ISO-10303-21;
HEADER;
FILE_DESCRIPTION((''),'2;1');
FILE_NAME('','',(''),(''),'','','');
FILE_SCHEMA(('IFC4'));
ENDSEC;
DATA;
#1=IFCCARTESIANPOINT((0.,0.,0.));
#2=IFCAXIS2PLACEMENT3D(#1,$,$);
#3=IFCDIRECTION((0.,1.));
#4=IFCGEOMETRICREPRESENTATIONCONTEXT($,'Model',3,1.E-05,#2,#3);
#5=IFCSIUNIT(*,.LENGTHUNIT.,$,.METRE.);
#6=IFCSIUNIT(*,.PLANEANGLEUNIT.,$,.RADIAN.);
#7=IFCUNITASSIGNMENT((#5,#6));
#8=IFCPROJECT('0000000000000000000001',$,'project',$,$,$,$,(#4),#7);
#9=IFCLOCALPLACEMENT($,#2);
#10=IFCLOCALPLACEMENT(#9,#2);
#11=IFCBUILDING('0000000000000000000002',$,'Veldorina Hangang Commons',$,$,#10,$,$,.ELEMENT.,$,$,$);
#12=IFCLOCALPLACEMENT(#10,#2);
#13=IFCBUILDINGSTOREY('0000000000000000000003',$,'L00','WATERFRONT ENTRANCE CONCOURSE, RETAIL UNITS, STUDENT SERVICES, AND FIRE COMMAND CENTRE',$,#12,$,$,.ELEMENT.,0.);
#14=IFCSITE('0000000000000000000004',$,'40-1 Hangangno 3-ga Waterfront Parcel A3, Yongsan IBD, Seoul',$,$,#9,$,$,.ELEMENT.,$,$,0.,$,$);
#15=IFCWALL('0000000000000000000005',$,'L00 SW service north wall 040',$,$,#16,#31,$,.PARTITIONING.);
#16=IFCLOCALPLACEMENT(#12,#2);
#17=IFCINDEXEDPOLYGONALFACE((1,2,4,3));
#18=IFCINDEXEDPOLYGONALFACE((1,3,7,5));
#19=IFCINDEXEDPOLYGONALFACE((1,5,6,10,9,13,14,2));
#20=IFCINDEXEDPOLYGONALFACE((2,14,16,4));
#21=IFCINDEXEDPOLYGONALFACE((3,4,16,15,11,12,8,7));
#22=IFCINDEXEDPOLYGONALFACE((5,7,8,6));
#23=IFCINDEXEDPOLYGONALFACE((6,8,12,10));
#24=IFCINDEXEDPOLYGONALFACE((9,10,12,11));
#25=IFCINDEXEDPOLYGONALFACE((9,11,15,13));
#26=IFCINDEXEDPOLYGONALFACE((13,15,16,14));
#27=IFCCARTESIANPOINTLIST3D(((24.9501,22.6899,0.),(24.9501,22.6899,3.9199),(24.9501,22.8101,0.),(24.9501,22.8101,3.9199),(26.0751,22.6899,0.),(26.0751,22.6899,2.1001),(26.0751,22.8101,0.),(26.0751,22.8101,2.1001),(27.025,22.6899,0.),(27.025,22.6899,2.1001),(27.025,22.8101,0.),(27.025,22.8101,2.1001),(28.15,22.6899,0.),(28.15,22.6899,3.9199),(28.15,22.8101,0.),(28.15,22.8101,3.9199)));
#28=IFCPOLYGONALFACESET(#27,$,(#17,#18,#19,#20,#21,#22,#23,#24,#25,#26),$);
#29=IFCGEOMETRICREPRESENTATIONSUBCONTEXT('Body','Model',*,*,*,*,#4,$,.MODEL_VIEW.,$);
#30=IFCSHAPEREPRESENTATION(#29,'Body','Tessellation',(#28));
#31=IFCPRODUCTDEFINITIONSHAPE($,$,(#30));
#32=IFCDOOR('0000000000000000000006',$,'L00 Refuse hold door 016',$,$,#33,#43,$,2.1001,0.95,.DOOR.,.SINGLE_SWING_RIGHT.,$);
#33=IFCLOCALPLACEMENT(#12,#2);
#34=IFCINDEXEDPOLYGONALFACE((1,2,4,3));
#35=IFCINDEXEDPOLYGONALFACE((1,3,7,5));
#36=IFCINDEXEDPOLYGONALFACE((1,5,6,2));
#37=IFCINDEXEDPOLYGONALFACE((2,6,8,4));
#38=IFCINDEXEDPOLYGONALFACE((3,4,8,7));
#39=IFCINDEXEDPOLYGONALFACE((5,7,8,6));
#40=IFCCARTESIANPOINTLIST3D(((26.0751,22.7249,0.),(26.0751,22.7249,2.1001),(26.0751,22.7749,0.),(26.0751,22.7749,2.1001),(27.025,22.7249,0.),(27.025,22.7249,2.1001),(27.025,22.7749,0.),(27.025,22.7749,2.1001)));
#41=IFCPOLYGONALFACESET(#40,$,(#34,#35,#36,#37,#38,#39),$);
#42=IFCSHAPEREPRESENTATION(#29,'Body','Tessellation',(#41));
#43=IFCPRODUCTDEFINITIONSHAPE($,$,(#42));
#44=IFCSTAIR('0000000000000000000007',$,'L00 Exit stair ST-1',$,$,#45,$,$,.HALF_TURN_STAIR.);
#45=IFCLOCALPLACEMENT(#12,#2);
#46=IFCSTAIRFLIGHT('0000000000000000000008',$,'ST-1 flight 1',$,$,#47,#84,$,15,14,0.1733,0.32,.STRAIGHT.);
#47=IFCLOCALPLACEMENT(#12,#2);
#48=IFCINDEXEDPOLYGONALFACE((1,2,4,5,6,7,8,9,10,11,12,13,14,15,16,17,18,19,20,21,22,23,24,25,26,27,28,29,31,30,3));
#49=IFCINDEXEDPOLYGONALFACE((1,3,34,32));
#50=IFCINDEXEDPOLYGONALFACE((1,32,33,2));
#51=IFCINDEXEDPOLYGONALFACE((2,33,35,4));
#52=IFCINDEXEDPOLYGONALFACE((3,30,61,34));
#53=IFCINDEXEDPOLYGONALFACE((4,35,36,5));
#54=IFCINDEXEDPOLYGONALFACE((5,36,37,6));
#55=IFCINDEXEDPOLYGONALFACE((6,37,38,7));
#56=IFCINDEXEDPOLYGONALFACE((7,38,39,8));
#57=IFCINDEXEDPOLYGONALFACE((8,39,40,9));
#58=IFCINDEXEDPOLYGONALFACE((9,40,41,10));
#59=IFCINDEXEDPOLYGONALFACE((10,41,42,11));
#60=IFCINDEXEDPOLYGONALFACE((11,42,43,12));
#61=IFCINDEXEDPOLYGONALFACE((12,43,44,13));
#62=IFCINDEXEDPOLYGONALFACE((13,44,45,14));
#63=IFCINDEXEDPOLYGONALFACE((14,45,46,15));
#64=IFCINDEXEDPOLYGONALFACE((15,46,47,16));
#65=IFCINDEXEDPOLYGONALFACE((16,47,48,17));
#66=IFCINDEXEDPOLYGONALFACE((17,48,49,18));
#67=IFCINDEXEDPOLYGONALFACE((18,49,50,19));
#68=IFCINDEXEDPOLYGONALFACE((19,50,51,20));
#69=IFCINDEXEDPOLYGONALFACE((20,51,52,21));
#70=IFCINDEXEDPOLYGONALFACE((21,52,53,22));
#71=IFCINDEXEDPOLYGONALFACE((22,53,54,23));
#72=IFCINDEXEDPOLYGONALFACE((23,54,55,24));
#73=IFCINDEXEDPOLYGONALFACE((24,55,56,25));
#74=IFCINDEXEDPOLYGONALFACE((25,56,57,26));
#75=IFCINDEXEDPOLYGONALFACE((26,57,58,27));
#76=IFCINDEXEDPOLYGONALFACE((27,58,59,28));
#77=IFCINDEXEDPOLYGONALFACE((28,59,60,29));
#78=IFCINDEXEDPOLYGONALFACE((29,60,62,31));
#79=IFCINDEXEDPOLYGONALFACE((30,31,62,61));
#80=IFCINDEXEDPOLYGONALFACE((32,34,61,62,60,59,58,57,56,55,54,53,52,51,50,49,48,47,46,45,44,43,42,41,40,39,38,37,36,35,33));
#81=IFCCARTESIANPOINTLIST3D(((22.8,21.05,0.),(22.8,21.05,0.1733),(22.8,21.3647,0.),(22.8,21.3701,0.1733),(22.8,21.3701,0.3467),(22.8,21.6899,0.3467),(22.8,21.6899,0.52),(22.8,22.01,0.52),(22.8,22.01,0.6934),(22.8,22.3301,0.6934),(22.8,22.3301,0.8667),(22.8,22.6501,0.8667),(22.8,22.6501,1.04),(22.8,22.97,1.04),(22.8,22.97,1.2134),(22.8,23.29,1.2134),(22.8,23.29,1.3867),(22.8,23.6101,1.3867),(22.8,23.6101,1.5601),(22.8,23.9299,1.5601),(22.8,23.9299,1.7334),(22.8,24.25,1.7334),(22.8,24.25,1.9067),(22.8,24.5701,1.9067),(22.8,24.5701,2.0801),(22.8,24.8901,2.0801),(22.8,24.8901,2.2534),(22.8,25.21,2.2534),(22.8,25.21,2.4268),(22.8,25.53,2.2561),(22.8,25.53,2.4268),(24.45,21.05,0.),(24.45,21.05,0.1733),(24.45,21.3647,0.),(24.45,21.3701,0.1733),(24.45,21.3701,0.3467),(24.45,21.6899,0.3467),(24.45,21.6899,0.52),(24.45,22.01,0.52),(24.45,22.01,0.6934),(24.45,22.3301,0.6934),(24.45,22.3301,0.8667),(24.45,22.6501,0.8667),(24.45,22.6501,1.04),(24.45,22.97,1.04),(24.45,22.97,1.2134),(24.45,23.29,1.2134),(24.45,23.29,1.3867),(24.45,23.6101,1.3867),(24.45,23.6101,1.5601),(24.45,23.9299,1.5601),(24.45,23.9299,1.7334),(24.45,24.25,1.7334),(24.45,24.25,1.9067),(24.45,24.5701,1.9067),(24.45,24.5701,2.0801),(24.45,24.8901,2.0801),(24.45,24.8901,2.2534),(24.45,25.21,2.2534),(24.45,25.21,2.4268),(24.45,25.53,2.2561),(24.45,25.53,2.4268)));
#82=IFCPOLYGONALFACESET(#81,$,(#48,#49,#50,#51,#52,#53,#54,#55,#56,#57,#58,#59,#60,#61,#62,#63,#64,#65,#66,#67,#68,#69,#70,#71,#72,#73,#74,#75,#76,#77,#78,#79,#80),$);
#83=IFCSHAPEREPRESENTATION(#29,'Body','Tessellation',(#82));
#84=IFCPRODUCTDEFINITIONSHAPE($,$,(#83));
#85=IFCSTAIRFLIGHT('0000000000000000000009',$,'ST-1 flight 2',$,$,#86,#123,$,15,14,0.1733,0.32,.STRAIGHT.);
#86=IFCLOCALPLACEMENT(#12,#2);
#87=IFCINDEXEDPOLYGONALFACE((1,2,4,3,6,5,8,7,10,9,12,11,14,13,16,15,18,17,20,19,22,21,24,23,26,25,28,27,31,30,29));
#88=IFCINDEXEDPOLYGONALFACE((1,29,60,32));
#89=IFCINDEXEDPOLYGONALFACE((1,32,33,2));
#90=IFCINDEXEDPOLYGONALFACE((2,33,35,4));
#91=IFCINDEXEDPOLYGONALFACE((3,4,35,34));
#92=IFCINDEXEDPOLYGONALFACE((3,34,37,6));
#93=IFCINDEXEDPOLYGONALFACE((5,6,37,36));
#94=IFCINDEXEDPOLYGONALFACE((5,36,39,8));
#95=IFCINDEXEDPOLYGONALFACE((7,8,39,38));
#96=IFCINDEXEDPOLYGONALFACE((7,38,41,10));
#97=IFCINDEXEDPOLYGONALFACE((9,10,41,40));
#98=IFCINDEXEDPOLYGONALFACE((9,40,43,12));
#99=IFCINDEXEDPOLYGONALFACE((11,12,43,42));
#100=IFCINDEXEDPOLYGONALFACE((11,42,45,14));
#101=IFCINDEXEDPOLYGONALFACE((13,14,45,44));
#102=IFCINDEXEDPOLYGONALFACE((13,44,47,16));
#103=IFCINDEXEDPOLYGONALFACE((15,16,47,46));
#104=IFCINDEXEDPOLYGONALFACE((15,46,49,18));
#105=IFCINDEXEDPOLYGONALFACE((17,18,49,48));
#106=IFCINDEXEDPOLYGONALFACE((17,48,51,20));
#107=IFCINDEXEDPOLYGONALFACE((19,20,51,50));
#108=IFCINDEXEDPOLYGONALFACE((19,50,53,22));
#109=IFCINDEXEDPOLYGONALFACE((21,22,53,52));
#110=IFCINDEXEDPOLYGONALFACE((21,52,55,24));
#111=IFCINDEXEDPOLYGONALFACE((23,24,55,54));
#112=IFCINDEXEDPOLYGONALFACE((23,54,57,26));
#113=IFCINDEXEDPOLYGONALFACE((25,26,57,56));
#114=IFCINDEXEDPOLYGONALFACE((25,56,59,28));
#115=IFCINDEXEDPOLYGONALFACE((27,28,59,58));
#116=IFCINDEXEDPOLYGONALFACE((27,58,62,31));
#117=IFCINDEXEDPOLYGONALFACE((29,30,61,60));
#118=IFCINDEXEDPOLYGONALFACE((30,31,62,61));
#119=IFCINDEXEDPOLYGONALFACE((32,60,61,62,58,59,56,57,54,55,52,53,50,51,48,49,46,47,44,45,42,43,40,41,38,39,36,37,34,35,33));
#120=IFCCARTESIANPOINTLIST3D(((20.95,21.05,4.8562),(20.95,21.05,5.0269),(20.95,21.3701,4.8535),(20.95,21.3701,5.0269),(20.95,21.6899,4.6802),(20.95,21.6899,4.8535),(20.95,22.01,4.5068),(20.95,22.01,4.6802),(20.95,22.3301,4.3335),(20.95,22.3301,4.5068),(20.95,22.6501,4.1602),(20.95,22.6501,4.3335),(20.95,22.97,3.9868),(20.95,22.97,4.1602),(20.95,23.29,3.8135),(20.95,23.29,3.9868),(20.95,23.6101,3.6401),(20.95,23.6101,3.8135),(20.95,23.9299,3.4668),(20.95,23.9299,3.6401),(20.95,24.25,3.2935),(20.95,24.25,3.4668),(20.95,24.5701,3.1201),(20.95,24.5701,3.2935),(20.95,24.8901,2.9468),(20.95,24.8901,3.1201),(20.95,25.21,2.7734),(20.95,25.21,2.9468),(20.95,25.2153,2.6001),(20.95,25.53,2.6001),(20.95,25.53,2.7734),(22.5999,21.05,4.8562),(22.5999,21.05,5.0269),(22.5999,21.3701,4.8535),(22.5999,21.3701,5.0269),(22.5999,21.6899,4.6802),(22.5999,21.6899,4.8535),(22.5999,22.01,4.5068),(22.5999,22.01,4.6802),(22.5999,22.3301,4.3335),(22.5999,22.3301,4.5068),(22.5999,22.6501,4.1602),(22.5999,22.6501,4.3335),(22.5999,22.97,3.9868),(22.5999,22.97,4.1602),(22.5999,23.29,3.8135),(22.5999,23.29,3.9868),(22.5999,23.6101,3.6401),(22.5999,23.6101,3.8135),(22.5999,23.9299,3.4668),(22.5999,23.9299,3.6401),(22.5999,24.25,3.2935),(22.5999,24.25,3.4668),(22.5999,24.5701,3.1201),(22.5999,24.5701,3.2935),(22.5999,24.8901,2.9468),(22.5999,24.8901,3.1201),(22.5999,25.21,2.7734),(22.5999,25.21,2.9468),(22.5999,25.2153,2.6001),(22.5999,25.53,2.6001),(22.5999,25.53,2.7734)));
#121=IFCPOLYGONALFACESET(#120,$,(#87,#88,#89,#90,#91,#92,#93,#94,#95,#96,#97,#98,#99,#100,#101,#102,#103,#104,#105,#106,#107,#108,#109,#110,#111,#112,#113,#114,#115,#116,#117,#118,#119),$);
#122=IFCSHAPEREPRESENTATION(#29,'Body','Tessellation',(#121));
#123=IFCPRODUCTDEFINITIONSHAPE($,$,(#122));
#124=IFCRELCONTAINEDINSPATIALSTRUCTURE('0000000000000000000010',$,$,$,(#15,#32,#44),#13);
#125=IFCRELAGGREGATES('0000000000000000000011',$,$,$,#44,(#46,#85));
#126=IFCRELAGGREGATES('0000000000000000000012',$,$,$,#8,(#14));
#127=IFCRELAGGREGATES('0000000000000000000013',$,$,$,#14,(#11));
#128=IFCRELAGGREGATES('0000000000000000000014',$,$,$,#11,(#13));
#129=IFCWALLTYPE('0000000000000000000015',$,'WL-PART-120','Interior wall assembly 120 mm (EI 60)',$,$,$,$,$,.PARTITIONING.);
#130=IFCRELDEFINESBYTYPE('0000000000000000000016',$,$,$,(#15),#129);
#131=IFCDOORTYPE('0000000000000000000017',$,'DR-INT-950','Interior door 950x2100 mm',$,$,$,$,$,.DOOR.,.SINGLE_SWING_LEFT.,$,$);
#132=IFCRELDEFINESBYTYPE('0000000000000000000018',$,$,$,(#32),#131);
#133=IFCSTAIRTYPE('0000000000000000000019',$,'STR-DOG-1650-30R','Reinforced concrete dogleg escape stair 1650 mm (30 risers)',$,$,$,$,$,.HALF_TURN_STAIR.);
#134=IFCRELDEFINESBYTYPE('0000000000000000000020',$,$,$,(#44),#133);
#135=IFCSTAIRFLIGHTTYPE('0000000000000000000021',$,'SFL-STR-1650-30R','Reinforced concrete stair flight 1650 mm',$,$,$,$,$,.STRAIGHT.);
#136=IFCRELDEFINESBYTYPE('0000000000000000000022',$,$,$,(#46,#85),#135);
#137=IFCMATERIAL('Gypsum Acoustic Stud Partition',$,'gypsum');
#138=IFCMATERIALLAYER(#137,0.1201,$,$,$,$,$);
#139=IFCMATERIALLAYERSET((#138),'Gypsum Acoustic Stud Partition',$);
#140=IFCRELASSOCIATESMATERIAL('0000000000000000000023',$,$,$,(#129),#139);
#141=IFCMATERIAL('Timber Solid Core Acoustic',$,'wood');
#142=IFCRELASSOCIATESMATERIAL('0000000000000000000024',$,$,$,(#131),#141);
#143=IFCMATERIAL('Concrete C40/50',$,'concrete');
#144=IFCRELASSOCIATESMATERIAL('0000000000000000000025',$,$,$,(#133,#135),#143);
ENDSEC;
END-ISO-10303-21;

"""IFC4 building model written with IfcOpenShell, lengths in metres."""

from ifc_helpers import new_model, si_unit, direction, frame, frame_2d, origin, place, context, subcontext, project, spatial, polyline, rectangle, outline, extrude, material, layer, layer_set, type_object, element, fill, aggregate, save


model = new_model("IFC4")

# Units and contexts
model_context = context("Model", 3, precision=1e-05, world=origin(), true_north=direction((0.0, 1.0)))
body_context = subcontext(model_context, "Body", "Model", "MODEL_VIEW")
ifc_project = project(units=[si_unit("LENGTHUNIT", "METRE"), si_unit("PLANEANGLEUNIT", "RADIAN")], contexts=[model_context])

# Site, building, storey
site_placement = place(None, origin())
site = spatial("IfcSite", under=ifc_project, at=site_placement, Name="40-1 Hangangno 3-ga Waterfront Parcel A3, Yongsan IBD, Seoul", CompositionType="ELEMENT", RefElevation=0.0)
building_placement = place(site_placement, origin())
building = spatial("IfcBuilding", under=site, at=building_placement, Name="Veldorina Hangang Commons", CompositionType="ELEMENT")
storey_placement = place(building_placement, origin())
storey = spatial("IfcBuildingStorey", under=building, at=storey_placement, Name="L00", Description="WATERFRONT ENTRANCE CONCOURSE, RETAIL UNITS, STUDENT SERVICES, AND FIRE COMMAND CENTRE", CompositionType="ELEMENT", Elevation=0.0)

# Wall, opening, door
ifc_material_1 = material(Name="Gypsum Acoustic Stud Partition", Category="gypsum")
ifc_layer_1 = layer(ifc_material_1, 0.1201)
ifc_layer_set_1 = layer_set([ifc_layer_1], Name="Gypsum Acoustic Stud Partition")
wall_type_1 = type_object("IfcWallType", Name="WL-PART-120", Description="Interior wall assembly 120 mm (EI 60)", PredefinedType="PARTITIONING", material=ifc_layer_set_1)
ifc_material_2 = material(Name="Timber Solid Core Acoustic", Category="wood")
door_type_1 = type_object("IfcDoorType", Name="DR-INT-950", Description="Interior door 950x2100 mm", OperationType="SINGLE_SWING_LEFT", PredefinedType="DOOR", material=ifc_material_2)
wall_1_placement = place(storey_placement, frame((24.95, 22.75, 0.0), z_axis=(0.0, 0.0, 1.0), x_axis=(1.0, 0.0, 0.0)))
wall_1 = element("IfcWall", 1, at=wall_1_placement, inside=storey, type_object=wall_type_1, Name="L00 SW service north wall 040", PredefinedType="PARTITIONING", context=body_context, shape_type="SweptSolid", body=[
    extrude(rectangle(XDim=3.2, YDim=0.1201, at=frame_2d((1.6001, 0.0))), origin(), (0.0, 0.0, 1.0), 3.9199),
])
opening_1_placement = place(wall_1_placement, frame((1.125, 0.0, 0.0)))
opening_1 = element("IfcOpeningElement", 2, at=opening_1_placement, cuts=wall_1, PredefinedType="OPENING", context=body_context, shape_type="SweptSolid", body=[
    extrude(rectangle(XDim=0.95, YDim=2.1001, at=frame_2d((0.4751, 1.05))), frame((0.0, 0.0701, 0.0), z_axis=(0.0, -1.0, 0.0), x_axis=(1.0, 0.0, 0.0)), (0.0, 0.0, 1.0), 0.1401),
])
door_1_placement = place(opening_1_placement, origin())
door_1 = element("IfcDoor", 3, at=door_1_placement, inside=storey, type_object=door_type_1, Name="L00 Refuse hold door 016", OperationType="SINGLE_SWING_RIGHT", OverallHeight=2.1001, OverallWidth=0.95, PredefinedType="DOOR", context=body_context, shape_type="SweptSolid", body=[
    extrude(rectangle(XDim=0.95, YDim=2.1001, at=frame_2d((0.4751, 1.05))), frame((0.0, 0.0249, 0.0), z_axis=(0.0, -1.0, 0.0), x_axis=(1.0, 0.0, 0.0)), (0.0, 0.0, 1.0), 0.05),
])
fill(opening_1, door_1)

# Stair, stair flights
ifc_material_3 = material(Name="Concrete C40/50", Category="concrete")
stair_type = type_object("IfcStairType", Name="STR-DOG-1650-30R", Description="Reinforced concrete dogleg escape stair 1650 mm (30 risers)", PredefinedType="HALF_TURN_STAIR", material=ifc_material_3)
stair_placement = place(storey_placement, origin())
stair = element("IfcStair", 4, at=stair_placement, inside=storey, type_object=stair_type, Name="L00 Exit stair ST-1", PredefinedType="HALF_TURN_STAIR")
stair_flight_type = type_object("IfcStairFlightType", Name="SFL-STR-1650-30R", Description="Reinforced concrete stair flight 1650 mm", PredefinedType="STRAIGHT", material=ifc_material_3)
stair_flight_1_placement = place(storey_placement, frame((23.625, 21.05, 0.0), z_axis=(0.0, 0.0, 1.0), x_axis=(0.0, 1.0, 0.0)))
stair_flight_1 = element("IfcStairFlight", 5, at=stair_flight_1_placement, type_object=stair_flight_type, Name="ST-1 flight 1", NumberOfRisers=15, NumberOfTreads=14, PredefinedType="STRAIGHT", RiserHeight=0.1733, TreadLength=0.32, context=body_context, shape_type="SweptSolid", body=[
    extrude(outline(polyline([(0.0, 0.0), (0.0, 0.1733), (0.3201, 0.1733), (0.3201, 0.3467), (0.6399, 0.3467), (0.6399, 0.52), (0.96, 0.52), (0.96, 0.6934), (1.28, 0.6934), (1.28, 0.8667), (1.6001, 0.8667), (1.6001, 1.04), (1.9199, 1.04), (1.9199, 1.2134), (2.24, 1.2134), (2.24, 1.3867), (2.5601, 1.3867), (2.5601, 1.5601), (2.8799, 1.5601), (2.8799, 1.7334), (3.2, 1.7334), (3.2, 1.9067), (3.52, 1.9067), (3.52, 2.0801), (3.8401, 2.0801), (3.8401, 2.2534), (4.1599, 2.2534), (4.1599, 2.4268), (4.48, 2.4268), (4.48, 2.6001), (4.48, 2.2561), (0.3147, 0.0), (0.0, 0.0)])), frame((0.0, 0.825, 0.0), z_axis=(0.0, -1.0, 0.0), x_axis=(1.0, 0.0, 0.0)), (0.0, 0.0, 1.0), 1.6499),
])
stair_flight_2_placement = place(storey_placement, frame((21.7749, 25.53, 2.6001), z_axis=(0.0, 0.0, 1.0), x_axis=(0.0, -1.0, 0.0)))
stair_flight_2 = element("IfcStairFlight", 6, at=stair_flight_2_placement, type_object=stair_flight_type, Name="ST-1 flight 2", NumberOfRisers=15, NumberOfTreads=14, PredefinedType="STRAIGHT", RiserHeight=0.1733, TreadLength=0.32, context=body_context, shape_type="SweptSolid", body=[
    extrude(outline(polyline([(0.0, 0.0), (0.0, 0.1733), (0.3201, 0.1733), (0.3201, 0.3467), (0.6399, 0.3467), (0.6399, 0.52), (0.96, 0.52), (0.96, 0.6934), (1.28, 0.6934), (1.28, 0.8667), (1.6001, 0.8667), (1.6001, 1.04), (1.9199, 1.04), (1.9199, 1.2134), (2.24, 1.2134), (2.24, 1.3867), (2.5601, 1.3867), (2.5601, 1.5601), (2.8799, 1.5601), (2.8799, 1.7334), (3.2, 1.7334), (3.2, 1.9067), (3.52, 1.9067), (3.52, 2.0801), (3.8401, 2.0801), (3.8401, 2.2534), (4.1599, 2.2534), (4.1599, 2.4268), (4.48, 2.4268), (4.48, 2.6001), (4.48, 2.2561), (0.3147, 0.0), (0.0, 0.0)])), frame((0.0, 0.825, 0.0), z_axis=(0.0, -1.0, 0.0), x_axis=(1.0, 0.0, 0.0)), (0.0, 0.0, 1.0), 1.6499),
])
aggregate(stair, [stair_flight_1, stair_flight_2])

save(model, "model.ifc")
